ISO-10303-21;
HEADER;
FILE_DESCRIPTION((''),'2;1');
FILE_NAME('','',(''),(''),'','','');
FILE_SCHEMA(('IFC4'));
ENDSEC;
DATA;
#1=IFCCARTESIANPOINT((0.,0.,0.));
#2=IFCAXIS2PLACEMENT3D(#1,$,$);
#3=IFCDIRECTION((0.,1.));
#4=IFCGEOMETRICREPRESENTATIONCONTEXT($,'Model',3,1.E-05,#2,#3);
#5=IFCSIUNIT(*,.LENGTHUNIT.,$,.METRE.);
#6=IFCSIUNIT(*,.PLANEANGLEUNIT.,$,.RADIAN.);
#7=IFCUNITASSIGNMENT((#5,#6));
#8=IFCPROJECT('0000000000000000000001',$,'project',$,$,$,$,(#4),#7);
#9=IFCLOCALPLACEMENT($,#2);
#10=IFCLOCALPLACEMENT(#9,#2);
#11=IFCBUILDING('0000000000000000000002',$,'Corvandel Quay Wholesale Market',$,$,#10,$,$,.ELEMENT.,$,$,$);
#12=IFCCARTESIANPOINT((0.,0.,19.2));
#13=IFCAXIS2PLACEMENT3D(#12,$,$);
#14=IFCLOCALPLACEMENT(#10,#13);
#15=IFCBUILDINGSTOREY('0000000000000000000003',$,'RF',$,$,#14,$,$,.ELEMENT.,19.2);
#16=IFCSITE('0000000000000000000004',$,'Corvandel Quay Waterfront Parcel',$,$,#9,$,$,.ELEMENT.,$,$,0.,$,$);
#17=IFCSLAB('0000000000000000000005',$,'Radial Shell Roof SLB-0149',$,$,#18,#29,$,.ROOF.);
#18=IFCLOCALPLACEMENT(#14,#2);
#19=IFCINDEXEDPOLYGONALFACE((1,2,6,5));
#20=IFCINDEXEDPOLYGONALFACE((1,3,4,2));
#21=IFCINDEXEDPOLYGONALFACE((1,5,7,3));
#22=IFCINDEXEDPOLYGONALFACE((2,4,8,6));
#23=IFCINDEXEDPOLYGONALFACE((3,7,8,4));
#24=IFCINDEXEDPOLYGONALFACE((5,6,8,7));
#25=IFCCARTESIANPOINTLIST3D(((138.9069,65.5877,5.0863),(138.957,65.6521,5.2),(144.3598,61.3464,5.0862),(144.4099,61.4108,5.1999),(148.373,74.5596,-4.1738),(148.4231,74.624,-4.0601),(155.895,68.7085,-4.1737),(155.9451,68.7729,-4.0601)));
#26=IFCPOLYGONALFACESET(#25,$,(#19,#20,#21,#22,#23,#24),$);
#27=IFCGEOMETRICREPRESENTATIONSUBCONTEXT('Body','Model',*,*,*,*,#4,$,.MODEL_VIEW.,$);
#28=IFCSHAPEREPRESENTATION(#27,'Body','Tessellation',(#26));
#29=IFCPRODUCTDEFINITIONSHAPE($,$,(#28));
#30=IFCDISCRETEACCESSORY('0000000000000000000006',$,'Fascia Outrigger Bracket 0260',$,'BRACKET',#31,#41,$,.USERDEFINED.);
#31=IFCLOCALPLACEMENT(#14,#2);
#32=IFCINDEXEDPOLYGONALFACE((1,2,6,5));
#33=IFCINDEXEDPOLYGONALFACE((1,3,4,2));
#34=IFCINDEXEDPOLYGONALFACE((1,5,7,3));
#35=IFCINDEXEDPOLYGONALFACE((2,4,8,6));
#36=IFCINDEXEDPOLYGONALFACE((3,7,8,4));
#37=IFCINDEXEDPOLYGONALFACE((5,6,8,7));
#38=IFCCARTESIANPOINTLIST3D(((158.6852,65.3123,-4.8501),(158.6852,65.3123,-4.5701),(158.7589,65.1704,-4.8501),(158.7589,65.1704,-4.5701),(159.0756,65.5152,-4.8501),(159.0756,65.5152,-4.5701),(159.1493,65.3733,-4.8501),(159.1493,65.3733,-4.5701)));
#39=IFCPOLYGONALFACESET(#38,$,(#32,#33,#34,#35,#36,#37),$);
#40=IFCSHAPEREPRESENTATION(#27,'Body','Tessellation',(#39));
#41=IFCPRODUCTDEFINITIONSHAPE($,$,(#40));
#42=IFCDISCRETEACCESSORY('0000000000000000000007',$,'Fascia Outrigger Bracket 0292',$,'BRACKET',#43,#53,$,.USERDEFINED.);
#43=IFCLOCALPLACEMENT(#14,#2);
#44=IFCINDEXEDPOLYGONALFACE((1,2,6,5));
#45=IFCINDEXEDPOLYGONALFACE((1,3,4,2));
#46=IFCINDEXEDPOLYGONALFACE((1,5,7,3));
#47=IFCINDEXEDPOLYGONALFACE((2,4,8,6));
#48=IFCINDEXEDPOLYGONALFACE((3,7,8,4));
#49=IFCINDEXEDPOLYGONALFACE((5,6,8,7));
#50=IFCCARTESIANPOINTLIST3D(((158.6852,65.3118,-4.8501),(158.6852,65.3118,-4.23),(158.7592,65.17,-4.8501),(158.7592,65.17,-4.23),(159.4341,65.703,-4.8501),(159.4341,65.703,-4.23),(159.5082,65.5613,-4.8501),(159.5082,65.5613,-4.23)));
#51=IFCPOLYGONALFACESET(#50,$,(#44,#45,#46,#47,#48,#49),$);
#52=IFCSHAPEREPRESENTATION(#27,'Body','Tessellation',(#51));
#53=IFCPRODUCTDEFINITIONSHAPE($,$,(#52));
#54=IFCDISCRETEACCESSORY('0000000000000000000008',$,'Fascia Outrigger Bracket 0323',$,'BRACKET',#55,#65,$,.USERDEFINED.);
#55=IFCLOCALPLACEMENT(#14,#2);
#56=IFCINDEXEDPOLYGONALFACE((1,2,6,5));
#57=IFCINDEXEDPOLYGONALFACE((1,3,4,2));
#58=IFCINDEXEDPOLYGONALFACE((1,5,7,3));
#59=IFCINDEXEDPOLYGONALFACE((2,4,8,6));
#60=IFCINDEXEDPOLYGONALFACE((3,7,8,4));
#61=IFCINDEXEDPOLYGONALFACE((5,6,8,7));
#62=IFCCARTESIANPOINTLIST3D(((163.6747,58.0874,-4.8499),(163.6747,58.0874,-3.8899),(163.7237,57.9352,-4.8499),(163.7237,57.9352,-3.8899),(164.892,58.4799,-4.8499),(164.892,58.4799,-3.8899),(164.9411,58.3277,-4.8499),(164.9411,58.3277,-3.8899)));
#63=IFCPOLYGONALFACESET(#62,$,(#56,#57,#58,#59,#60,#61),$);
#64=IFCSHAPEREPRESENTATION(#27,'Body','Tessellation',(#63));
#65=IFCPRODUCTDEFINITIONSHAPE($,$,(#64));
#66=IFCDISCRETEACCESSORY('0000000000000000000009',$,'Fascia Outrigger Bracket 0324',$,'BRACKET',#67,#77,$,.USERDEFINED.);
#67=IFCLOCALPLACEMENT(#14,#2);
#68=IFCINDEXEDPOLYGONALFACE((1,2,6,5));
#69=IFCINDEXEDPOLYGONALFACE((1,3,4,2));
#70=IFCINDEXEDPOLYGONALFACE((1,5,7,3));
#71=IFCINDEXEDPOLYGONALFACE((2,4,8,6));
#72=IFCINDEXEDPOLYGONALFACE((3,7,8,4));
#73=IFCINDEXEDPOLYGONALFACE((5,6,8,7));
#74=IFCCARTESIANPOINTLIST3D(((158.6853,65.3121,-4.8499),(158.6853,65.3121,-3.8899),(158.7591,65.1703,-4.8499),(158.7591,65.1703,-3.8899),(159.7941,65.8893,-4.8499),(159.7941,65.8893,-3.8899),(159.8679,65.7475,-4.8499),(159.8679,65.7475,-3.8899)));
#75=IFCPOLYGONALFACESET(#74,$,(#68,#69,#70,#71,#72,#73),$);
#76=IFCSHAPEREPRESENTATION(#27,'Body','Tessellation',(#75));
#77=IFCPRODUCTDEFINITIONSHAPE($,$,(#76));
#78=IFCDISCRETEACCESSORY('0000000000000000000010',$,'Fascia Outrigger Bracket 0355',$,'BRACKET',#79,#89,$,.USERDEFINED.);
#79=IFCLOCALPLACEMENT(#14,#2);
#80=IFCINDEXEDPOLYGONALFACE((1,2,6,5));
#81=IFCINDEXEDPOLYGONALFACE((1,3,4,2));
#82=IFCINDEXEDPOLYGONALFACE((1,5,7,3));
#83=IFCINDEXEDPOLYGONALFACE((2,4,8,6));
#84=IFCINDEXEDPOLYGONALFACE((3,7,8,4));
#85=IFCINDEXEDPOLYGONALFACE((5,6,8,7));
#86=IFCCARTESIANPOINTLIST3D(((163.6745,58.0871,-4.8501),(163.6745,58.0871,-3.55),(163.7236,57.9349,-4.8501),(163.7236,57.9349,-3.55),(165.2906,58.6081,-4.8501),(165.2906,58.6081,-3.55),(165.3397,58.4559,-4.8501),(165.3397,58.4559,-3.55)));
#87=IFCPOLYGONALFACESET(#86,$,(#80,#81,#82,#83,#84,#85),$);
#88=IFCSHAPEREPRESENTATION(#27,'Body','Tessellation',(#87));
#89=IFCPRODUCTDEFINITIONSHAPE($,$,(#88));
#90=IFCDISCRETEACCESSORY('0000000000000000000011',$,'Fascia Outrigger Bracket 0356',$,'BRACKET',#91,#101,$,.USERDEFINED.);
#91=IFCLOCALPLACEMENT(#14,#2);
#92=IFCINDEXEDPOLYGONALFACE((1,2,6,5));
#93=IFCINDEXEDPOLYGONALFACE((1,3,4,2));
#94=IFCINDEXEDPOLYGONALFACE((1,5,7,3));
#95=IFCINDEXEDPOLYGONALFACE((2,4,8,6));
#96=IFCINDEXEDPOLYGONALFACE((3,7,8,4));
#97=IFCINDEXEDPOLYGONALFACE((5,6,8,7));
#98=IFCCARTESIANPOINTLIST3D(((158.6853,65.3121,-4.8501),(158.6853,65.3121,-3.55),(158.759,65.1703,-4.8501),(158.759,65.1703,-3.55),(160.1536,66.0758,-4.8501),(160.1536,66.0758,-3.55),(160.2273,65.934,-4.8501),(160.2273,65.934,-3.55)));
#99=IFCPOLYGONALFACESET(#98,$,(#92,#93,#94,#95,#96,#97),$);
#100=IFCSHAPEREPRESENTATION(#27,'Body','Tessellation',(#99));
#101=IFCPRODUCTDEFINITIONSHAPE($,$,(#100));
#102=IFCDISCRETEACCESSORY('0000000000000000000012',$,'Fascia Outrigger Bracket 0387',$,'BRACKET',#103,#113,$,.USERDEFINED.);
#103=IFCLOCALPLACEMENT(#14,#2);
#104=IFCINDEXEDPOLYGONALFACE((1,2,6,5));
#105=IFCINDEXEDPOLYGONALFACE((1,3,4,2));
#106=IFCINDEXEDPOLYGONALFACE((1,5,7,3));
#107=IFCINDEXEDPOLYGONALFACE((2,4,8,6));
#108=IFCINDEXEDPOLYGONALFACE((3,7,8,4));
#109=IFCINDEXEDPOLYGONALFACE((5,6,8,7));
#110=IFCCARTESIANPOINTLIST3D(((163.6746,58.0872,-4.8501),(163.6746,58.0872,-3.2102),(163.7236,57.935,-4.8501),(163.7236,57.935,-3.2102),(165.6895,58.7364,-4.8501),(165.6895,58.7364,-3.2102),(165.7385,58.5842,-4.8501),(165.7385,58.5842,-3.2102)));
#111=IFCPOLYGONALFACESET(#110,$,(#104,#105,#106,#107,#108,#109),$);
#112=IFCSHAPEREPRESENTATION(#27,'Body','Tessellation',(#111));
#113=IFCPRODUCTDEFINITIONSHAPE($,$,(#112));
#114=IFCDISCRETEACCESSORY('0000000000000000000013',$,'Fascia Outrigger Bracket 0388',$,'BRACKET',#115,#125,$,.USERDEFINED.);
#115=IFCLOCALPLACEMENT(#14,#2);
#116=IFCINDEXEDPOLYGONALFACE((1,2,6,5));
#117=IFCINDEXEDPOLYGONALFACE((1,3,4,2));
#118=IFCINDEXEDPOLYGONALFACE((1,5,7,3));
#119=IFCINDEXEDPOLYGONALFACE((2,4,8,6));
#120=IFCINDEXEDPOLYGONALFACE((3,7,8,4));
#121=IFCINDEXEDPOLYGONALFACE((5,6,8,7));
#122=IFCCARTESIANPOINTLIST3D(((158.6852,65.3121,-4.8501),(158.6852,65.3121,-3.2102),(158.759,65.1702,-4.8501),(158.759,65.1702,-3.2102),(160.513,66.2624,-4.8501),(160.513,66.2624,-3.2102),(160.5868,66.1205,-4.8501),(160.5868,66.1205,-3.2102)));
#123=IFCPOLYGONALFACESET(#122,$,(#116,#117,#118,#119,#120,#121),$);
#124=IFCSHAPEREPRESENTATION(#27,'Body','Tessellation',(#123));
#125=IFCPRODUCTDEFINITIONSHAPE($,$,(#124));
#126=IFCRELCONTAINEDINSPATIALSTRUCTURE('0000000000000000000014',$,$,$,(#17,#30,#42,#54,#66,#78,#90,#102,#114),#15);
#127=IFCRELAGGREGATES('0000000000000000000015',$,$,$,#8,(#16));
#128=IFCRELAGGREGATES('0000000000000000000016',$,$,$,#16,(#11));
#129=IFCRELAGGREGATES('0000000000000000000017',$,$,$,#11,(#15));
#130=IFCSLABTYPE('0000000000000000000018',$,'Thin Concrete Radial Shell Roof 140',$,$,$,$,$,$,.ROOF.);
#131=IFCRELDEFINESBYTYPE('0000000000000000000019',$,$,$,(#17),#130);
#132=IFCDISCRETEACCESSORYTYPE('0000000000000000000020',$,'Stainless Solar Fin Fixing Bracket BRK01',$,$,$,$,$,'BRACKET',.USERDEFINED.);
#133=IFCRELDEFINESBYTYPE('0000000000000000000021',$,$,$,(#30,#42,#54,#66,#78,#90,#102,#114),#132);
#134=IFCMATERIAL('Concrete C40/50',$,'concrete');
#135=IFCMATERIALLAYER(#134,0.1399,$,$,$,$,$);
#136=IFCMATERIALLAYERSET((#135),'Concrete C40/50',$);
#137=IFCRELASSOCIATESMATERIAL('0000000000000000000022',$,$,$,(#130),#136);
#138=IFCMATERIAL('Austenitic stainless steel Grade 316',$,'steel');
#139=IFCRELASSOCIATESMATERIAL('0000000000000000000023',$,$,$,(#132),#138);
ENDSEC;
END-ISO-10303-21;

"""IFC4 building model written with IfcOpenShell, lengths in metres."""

from ifc_helpers import new_model, si_unit, direction, frame, origin, origin_2d, place, context, subcontext, project, spatial, polyline, rectangle, outline, extrude, material, layer, layer_set, type_object, element, save


model = new_model("IFC4")

# Units and contexts
model_context = context("Model", 3, precision=1e-05, world=origin(), true_north=direction((0.0, 1.0)))
body_context = subcontext(model_context, "Body", "Model", "MODEL_VIEW")
ifc_project = project(units=[si_unit("LENGTHUNIT", "METRE"), si_unit("PLANEANGLEUNIT", "RADIAN")], contexts=[model_context])

# Site, building, storey
site_placement = place(None, origin())
site = spatial("IfcSite", under=ifc_project, at=site_placement, Name="Corvandel Quay Waterfront Parcel", CompositionType="ELEMENT", RefElevation=0.0)
building_placement = place(site_placement, origin())
building = spatial("IfcBuilding", under=site, at=building_placement, Name="Corvandel Quay Wholesale Market", CompositionType="ELEMENT")
storey_placement = place(building_placement, frame((0.0, 0.0, 19.2)))
storey = spatial("IfcBuildingStorey", under=building, at=storey_placement, Name="RF", CompositionType="ELEMENT", Elevation=19.2)

# Slab
ifc_material_1 = material(Name="Concrete C40/50", Category="concrete")
ifc_layer_1 = layer(ifc_material_1, 0.1399)
ifc_layer_set_1 = layer_set([ifc_layer_1], Name="Concrete C40/50")
slab_type = type_object("IfcSlabType", Name="Thin Concrete Radial Shell Roof 140", PredefinedType="ROOF", material=ifc_layer_set_1)
slab_1_placement = place(storey_placement, frame((155.9451, 68.7729, -4.0601), z_axis=(0.358151, 0.460446, 0.81223), x_axis=(-0.789323, 0.613978, -0.000009)))
element("IfcSlab", 1, at=slab_1_placement, inside=storey, type_object=slab_type, Name="Radial Shell Roof SLB-0149", PredefinedType="ROOF", context=body_context, shape_type="SweptSolid", body=[
    extrude(outline(polyline([(0.0, 0.0), (9.5297, 0.0), (11.4928, 15.8744), (4.5847, 15.8741), (0.0, 0.0)])), origin(), (0.0, 0.0, -1.0), 0.1399),
])

# Discrete accessories
ifc_material_2 = material(Name="Austenitic stainless steel Grade 316", Category="steel")
discrete_accessory_type = type_object("IfcDiscreteAccessoryType", Name="Stainless Solar Fin Fixing Bracket BRK01", ElementType="BRACKET", PredefinedType="USERDEFINED", material=ifc_material_2)
discrete_accessory_1_placement = place(storey_placement, frame((158.9172, 65.3428, -4.8501), z_axis=(0.0, 0.0, 1.0), x_axis=(0.887333, 0.461129, 0.0)))
element("IfcDiscreteAccessory", 2, at=discrete_accessory_1_placement, inside=storey, type_object=discrete_accessory_type, Name="Fascia Outrigger Bracket 0260", ObjectType="BRACKET", PredefinedType="USERDEFINED", context=body_context, shape_type="SweptSolid", body=[
    extrude(rectangle(XDim=0.4399, YDim=0.1599, at=origin_2d()), origin(), (0.0, 0.0, 1.0), 0.28),
])
discrete_accessory_2_placement = place(storey_placement, frame((159.0967, 65.4365, -4.8501), z_axis=(0.0, 0.0, 1.0), x_axis=(0.886365, 0.462987, 0.0)))
element("IfcDiscreteAccessory", 3, at=discrete_accessory_2_placement, inside=storey, type_object=discrete_accessory_type, Name="Fascia Outrigger Bracket 0292", ObjectType="BRACKET", PredefinedType="USERDEFINED", context=body_context, shape_type="SweptSolid", body=[
    extrude(rectangle(XDim=0.845, YDim=0.1599, at=origin_2d()), origin(), (0.0, 0.0, 1.0), 0.6201),
])
discrete_accessory_3_placement = place(storey_placement, frame((164.3079, 58.2075, -4.8499), z_axis=(0.0, 0.0, 1.0), x_axis=(0.951755, 0.306858, 0.0)))
element("IfcDiscreteAccessory", 4, at=discrete_accessory_3_placement, inside=storey, type_object=discrete_accessory_type, Name="Fascia Outrigger Bracket 0323", ObjectType="BRACKET", PredefinedType="USERDEFINED", context=body_context, shape_type="SweptSolid", body=[
    extrude(rectangle(XDim=1.2791, YDim=0.1599, at=origin_2d()), origin(), (0.0, 0.0, 1.0), 0.96),
])
discrete_accessory_4_placement = place(storey_placement, frame((159.2766, 65.5298, -4.8499), z_axis=(0.0, 0.0, 1.0), x_axis=(0.887011, 0.461749, 0.0)))
element("IfcDiscreteAccessory", 5, at=discrete_accessory_4_placement, inside=storey, type_object=discrete_accessory_type, Name="Fascia Outrigger Bracket 0324", ObjectType="BRACKET", PredefinedType="USERDEFINED", context=body_context, shape_type="SweptSolid", body=[
    extrude(rectangle(XDim=1.25, YDim=0.1599, at=origin_2d()), origin(), (0.0, 0.0, 1.0), 0.96),
])
discrete_accessory_5_placement = place(storey_placement, frame((164.5071, 58.2715, -4.8501), z_axis=(0.0, 0.0, 1.0), x_axis=(0.951755, 0.306858, 0.0)))
element("IfcDiscreteAccessory", 6, at=discrete_accessory_5_placement, inside=storey, type_object=discrete_accessory_type, Name="Fascia Outrigger Bracket 0355", ObjectType="BRACKET", PredefinedType="USERDEFINED", context=body_context, shape_type="SweptSolid", body=[
    extrude(rectangle(XDim=1.698, YDim=0.1599, at=origin_2d()), origin(), (0.0, 0.0, 1.0), 1.3),
])
discrete_accessory_6_placement = place(storey_placement, frame((159.4563, 65.623, -4.8501), z_axis=(0.0, 0.0, 1.0), x_axis=(0.887172, 0.461439, 0.0)))
element("IfcDiscreteAccessory", 7, at=discrete_accessory_6_placement, inside=storey, type_object=discrete_accessory_type, Name="Fascia Outrigger Bracket 0356", ObjectType="BRACKET", PredefinedType="USERDEFINED", context=body_context, shape_type="SweptSolid", body=[
    extrude(rectangle(XDim=1.655, YDim=0.1599, at=origin_2d()), origin(), (0.0, 0.0, 1.0), 1.3),
])
discrete_accessory_7_placement = place(storey_placement, frame((164.7065, 58.3357, -4.8501), z_axis=(0.0, 0.0, 1.0), x_axis=(0.951809, 0.306692, 0.0)))
element("IfcDiscreteAccessory", 8, at=discrete_accessory_7_placement, inside=storey, type_object=discrete_accessory_type, Name="Fascia Outrigger Bracket 0387", ObjectType="BRACKET", PredefinedType="USERDEFINED", context=body_context, shape_type="SweptSolid", body=[
    extrude(rectangle(XDim=2.1169, YDim=0.1599, at=origin_2d()), origin(), (0.0, 0.0, 1.0), 1.6399),
])
discrete_accessory_8_placement = place(storey_placement, frame((159.636, 65.7163, -4.8501), z_axis=(0.0, 0.0, 1.0), x_axis=(0.887252, 0.461284, 0.0)))
element("IfcDiscreteAccessory", 9, at=discrete_accessory_8_placement, inside=storey, type_object=discrete_accessory_type, Name="Fascia Outrigger Bracket 0388", ObjectType="BRACKET", PredefinedType="USERDEFINED", context=body_context, shape_type="SweptSolid", body=[
    extrude(rectangle(XDim=2.0601, YDim=0.1599, at=origin_2d()), origin(), (0.0, 0.0, 1.0), 1.6399),
])

save(model, "model.ifc")
